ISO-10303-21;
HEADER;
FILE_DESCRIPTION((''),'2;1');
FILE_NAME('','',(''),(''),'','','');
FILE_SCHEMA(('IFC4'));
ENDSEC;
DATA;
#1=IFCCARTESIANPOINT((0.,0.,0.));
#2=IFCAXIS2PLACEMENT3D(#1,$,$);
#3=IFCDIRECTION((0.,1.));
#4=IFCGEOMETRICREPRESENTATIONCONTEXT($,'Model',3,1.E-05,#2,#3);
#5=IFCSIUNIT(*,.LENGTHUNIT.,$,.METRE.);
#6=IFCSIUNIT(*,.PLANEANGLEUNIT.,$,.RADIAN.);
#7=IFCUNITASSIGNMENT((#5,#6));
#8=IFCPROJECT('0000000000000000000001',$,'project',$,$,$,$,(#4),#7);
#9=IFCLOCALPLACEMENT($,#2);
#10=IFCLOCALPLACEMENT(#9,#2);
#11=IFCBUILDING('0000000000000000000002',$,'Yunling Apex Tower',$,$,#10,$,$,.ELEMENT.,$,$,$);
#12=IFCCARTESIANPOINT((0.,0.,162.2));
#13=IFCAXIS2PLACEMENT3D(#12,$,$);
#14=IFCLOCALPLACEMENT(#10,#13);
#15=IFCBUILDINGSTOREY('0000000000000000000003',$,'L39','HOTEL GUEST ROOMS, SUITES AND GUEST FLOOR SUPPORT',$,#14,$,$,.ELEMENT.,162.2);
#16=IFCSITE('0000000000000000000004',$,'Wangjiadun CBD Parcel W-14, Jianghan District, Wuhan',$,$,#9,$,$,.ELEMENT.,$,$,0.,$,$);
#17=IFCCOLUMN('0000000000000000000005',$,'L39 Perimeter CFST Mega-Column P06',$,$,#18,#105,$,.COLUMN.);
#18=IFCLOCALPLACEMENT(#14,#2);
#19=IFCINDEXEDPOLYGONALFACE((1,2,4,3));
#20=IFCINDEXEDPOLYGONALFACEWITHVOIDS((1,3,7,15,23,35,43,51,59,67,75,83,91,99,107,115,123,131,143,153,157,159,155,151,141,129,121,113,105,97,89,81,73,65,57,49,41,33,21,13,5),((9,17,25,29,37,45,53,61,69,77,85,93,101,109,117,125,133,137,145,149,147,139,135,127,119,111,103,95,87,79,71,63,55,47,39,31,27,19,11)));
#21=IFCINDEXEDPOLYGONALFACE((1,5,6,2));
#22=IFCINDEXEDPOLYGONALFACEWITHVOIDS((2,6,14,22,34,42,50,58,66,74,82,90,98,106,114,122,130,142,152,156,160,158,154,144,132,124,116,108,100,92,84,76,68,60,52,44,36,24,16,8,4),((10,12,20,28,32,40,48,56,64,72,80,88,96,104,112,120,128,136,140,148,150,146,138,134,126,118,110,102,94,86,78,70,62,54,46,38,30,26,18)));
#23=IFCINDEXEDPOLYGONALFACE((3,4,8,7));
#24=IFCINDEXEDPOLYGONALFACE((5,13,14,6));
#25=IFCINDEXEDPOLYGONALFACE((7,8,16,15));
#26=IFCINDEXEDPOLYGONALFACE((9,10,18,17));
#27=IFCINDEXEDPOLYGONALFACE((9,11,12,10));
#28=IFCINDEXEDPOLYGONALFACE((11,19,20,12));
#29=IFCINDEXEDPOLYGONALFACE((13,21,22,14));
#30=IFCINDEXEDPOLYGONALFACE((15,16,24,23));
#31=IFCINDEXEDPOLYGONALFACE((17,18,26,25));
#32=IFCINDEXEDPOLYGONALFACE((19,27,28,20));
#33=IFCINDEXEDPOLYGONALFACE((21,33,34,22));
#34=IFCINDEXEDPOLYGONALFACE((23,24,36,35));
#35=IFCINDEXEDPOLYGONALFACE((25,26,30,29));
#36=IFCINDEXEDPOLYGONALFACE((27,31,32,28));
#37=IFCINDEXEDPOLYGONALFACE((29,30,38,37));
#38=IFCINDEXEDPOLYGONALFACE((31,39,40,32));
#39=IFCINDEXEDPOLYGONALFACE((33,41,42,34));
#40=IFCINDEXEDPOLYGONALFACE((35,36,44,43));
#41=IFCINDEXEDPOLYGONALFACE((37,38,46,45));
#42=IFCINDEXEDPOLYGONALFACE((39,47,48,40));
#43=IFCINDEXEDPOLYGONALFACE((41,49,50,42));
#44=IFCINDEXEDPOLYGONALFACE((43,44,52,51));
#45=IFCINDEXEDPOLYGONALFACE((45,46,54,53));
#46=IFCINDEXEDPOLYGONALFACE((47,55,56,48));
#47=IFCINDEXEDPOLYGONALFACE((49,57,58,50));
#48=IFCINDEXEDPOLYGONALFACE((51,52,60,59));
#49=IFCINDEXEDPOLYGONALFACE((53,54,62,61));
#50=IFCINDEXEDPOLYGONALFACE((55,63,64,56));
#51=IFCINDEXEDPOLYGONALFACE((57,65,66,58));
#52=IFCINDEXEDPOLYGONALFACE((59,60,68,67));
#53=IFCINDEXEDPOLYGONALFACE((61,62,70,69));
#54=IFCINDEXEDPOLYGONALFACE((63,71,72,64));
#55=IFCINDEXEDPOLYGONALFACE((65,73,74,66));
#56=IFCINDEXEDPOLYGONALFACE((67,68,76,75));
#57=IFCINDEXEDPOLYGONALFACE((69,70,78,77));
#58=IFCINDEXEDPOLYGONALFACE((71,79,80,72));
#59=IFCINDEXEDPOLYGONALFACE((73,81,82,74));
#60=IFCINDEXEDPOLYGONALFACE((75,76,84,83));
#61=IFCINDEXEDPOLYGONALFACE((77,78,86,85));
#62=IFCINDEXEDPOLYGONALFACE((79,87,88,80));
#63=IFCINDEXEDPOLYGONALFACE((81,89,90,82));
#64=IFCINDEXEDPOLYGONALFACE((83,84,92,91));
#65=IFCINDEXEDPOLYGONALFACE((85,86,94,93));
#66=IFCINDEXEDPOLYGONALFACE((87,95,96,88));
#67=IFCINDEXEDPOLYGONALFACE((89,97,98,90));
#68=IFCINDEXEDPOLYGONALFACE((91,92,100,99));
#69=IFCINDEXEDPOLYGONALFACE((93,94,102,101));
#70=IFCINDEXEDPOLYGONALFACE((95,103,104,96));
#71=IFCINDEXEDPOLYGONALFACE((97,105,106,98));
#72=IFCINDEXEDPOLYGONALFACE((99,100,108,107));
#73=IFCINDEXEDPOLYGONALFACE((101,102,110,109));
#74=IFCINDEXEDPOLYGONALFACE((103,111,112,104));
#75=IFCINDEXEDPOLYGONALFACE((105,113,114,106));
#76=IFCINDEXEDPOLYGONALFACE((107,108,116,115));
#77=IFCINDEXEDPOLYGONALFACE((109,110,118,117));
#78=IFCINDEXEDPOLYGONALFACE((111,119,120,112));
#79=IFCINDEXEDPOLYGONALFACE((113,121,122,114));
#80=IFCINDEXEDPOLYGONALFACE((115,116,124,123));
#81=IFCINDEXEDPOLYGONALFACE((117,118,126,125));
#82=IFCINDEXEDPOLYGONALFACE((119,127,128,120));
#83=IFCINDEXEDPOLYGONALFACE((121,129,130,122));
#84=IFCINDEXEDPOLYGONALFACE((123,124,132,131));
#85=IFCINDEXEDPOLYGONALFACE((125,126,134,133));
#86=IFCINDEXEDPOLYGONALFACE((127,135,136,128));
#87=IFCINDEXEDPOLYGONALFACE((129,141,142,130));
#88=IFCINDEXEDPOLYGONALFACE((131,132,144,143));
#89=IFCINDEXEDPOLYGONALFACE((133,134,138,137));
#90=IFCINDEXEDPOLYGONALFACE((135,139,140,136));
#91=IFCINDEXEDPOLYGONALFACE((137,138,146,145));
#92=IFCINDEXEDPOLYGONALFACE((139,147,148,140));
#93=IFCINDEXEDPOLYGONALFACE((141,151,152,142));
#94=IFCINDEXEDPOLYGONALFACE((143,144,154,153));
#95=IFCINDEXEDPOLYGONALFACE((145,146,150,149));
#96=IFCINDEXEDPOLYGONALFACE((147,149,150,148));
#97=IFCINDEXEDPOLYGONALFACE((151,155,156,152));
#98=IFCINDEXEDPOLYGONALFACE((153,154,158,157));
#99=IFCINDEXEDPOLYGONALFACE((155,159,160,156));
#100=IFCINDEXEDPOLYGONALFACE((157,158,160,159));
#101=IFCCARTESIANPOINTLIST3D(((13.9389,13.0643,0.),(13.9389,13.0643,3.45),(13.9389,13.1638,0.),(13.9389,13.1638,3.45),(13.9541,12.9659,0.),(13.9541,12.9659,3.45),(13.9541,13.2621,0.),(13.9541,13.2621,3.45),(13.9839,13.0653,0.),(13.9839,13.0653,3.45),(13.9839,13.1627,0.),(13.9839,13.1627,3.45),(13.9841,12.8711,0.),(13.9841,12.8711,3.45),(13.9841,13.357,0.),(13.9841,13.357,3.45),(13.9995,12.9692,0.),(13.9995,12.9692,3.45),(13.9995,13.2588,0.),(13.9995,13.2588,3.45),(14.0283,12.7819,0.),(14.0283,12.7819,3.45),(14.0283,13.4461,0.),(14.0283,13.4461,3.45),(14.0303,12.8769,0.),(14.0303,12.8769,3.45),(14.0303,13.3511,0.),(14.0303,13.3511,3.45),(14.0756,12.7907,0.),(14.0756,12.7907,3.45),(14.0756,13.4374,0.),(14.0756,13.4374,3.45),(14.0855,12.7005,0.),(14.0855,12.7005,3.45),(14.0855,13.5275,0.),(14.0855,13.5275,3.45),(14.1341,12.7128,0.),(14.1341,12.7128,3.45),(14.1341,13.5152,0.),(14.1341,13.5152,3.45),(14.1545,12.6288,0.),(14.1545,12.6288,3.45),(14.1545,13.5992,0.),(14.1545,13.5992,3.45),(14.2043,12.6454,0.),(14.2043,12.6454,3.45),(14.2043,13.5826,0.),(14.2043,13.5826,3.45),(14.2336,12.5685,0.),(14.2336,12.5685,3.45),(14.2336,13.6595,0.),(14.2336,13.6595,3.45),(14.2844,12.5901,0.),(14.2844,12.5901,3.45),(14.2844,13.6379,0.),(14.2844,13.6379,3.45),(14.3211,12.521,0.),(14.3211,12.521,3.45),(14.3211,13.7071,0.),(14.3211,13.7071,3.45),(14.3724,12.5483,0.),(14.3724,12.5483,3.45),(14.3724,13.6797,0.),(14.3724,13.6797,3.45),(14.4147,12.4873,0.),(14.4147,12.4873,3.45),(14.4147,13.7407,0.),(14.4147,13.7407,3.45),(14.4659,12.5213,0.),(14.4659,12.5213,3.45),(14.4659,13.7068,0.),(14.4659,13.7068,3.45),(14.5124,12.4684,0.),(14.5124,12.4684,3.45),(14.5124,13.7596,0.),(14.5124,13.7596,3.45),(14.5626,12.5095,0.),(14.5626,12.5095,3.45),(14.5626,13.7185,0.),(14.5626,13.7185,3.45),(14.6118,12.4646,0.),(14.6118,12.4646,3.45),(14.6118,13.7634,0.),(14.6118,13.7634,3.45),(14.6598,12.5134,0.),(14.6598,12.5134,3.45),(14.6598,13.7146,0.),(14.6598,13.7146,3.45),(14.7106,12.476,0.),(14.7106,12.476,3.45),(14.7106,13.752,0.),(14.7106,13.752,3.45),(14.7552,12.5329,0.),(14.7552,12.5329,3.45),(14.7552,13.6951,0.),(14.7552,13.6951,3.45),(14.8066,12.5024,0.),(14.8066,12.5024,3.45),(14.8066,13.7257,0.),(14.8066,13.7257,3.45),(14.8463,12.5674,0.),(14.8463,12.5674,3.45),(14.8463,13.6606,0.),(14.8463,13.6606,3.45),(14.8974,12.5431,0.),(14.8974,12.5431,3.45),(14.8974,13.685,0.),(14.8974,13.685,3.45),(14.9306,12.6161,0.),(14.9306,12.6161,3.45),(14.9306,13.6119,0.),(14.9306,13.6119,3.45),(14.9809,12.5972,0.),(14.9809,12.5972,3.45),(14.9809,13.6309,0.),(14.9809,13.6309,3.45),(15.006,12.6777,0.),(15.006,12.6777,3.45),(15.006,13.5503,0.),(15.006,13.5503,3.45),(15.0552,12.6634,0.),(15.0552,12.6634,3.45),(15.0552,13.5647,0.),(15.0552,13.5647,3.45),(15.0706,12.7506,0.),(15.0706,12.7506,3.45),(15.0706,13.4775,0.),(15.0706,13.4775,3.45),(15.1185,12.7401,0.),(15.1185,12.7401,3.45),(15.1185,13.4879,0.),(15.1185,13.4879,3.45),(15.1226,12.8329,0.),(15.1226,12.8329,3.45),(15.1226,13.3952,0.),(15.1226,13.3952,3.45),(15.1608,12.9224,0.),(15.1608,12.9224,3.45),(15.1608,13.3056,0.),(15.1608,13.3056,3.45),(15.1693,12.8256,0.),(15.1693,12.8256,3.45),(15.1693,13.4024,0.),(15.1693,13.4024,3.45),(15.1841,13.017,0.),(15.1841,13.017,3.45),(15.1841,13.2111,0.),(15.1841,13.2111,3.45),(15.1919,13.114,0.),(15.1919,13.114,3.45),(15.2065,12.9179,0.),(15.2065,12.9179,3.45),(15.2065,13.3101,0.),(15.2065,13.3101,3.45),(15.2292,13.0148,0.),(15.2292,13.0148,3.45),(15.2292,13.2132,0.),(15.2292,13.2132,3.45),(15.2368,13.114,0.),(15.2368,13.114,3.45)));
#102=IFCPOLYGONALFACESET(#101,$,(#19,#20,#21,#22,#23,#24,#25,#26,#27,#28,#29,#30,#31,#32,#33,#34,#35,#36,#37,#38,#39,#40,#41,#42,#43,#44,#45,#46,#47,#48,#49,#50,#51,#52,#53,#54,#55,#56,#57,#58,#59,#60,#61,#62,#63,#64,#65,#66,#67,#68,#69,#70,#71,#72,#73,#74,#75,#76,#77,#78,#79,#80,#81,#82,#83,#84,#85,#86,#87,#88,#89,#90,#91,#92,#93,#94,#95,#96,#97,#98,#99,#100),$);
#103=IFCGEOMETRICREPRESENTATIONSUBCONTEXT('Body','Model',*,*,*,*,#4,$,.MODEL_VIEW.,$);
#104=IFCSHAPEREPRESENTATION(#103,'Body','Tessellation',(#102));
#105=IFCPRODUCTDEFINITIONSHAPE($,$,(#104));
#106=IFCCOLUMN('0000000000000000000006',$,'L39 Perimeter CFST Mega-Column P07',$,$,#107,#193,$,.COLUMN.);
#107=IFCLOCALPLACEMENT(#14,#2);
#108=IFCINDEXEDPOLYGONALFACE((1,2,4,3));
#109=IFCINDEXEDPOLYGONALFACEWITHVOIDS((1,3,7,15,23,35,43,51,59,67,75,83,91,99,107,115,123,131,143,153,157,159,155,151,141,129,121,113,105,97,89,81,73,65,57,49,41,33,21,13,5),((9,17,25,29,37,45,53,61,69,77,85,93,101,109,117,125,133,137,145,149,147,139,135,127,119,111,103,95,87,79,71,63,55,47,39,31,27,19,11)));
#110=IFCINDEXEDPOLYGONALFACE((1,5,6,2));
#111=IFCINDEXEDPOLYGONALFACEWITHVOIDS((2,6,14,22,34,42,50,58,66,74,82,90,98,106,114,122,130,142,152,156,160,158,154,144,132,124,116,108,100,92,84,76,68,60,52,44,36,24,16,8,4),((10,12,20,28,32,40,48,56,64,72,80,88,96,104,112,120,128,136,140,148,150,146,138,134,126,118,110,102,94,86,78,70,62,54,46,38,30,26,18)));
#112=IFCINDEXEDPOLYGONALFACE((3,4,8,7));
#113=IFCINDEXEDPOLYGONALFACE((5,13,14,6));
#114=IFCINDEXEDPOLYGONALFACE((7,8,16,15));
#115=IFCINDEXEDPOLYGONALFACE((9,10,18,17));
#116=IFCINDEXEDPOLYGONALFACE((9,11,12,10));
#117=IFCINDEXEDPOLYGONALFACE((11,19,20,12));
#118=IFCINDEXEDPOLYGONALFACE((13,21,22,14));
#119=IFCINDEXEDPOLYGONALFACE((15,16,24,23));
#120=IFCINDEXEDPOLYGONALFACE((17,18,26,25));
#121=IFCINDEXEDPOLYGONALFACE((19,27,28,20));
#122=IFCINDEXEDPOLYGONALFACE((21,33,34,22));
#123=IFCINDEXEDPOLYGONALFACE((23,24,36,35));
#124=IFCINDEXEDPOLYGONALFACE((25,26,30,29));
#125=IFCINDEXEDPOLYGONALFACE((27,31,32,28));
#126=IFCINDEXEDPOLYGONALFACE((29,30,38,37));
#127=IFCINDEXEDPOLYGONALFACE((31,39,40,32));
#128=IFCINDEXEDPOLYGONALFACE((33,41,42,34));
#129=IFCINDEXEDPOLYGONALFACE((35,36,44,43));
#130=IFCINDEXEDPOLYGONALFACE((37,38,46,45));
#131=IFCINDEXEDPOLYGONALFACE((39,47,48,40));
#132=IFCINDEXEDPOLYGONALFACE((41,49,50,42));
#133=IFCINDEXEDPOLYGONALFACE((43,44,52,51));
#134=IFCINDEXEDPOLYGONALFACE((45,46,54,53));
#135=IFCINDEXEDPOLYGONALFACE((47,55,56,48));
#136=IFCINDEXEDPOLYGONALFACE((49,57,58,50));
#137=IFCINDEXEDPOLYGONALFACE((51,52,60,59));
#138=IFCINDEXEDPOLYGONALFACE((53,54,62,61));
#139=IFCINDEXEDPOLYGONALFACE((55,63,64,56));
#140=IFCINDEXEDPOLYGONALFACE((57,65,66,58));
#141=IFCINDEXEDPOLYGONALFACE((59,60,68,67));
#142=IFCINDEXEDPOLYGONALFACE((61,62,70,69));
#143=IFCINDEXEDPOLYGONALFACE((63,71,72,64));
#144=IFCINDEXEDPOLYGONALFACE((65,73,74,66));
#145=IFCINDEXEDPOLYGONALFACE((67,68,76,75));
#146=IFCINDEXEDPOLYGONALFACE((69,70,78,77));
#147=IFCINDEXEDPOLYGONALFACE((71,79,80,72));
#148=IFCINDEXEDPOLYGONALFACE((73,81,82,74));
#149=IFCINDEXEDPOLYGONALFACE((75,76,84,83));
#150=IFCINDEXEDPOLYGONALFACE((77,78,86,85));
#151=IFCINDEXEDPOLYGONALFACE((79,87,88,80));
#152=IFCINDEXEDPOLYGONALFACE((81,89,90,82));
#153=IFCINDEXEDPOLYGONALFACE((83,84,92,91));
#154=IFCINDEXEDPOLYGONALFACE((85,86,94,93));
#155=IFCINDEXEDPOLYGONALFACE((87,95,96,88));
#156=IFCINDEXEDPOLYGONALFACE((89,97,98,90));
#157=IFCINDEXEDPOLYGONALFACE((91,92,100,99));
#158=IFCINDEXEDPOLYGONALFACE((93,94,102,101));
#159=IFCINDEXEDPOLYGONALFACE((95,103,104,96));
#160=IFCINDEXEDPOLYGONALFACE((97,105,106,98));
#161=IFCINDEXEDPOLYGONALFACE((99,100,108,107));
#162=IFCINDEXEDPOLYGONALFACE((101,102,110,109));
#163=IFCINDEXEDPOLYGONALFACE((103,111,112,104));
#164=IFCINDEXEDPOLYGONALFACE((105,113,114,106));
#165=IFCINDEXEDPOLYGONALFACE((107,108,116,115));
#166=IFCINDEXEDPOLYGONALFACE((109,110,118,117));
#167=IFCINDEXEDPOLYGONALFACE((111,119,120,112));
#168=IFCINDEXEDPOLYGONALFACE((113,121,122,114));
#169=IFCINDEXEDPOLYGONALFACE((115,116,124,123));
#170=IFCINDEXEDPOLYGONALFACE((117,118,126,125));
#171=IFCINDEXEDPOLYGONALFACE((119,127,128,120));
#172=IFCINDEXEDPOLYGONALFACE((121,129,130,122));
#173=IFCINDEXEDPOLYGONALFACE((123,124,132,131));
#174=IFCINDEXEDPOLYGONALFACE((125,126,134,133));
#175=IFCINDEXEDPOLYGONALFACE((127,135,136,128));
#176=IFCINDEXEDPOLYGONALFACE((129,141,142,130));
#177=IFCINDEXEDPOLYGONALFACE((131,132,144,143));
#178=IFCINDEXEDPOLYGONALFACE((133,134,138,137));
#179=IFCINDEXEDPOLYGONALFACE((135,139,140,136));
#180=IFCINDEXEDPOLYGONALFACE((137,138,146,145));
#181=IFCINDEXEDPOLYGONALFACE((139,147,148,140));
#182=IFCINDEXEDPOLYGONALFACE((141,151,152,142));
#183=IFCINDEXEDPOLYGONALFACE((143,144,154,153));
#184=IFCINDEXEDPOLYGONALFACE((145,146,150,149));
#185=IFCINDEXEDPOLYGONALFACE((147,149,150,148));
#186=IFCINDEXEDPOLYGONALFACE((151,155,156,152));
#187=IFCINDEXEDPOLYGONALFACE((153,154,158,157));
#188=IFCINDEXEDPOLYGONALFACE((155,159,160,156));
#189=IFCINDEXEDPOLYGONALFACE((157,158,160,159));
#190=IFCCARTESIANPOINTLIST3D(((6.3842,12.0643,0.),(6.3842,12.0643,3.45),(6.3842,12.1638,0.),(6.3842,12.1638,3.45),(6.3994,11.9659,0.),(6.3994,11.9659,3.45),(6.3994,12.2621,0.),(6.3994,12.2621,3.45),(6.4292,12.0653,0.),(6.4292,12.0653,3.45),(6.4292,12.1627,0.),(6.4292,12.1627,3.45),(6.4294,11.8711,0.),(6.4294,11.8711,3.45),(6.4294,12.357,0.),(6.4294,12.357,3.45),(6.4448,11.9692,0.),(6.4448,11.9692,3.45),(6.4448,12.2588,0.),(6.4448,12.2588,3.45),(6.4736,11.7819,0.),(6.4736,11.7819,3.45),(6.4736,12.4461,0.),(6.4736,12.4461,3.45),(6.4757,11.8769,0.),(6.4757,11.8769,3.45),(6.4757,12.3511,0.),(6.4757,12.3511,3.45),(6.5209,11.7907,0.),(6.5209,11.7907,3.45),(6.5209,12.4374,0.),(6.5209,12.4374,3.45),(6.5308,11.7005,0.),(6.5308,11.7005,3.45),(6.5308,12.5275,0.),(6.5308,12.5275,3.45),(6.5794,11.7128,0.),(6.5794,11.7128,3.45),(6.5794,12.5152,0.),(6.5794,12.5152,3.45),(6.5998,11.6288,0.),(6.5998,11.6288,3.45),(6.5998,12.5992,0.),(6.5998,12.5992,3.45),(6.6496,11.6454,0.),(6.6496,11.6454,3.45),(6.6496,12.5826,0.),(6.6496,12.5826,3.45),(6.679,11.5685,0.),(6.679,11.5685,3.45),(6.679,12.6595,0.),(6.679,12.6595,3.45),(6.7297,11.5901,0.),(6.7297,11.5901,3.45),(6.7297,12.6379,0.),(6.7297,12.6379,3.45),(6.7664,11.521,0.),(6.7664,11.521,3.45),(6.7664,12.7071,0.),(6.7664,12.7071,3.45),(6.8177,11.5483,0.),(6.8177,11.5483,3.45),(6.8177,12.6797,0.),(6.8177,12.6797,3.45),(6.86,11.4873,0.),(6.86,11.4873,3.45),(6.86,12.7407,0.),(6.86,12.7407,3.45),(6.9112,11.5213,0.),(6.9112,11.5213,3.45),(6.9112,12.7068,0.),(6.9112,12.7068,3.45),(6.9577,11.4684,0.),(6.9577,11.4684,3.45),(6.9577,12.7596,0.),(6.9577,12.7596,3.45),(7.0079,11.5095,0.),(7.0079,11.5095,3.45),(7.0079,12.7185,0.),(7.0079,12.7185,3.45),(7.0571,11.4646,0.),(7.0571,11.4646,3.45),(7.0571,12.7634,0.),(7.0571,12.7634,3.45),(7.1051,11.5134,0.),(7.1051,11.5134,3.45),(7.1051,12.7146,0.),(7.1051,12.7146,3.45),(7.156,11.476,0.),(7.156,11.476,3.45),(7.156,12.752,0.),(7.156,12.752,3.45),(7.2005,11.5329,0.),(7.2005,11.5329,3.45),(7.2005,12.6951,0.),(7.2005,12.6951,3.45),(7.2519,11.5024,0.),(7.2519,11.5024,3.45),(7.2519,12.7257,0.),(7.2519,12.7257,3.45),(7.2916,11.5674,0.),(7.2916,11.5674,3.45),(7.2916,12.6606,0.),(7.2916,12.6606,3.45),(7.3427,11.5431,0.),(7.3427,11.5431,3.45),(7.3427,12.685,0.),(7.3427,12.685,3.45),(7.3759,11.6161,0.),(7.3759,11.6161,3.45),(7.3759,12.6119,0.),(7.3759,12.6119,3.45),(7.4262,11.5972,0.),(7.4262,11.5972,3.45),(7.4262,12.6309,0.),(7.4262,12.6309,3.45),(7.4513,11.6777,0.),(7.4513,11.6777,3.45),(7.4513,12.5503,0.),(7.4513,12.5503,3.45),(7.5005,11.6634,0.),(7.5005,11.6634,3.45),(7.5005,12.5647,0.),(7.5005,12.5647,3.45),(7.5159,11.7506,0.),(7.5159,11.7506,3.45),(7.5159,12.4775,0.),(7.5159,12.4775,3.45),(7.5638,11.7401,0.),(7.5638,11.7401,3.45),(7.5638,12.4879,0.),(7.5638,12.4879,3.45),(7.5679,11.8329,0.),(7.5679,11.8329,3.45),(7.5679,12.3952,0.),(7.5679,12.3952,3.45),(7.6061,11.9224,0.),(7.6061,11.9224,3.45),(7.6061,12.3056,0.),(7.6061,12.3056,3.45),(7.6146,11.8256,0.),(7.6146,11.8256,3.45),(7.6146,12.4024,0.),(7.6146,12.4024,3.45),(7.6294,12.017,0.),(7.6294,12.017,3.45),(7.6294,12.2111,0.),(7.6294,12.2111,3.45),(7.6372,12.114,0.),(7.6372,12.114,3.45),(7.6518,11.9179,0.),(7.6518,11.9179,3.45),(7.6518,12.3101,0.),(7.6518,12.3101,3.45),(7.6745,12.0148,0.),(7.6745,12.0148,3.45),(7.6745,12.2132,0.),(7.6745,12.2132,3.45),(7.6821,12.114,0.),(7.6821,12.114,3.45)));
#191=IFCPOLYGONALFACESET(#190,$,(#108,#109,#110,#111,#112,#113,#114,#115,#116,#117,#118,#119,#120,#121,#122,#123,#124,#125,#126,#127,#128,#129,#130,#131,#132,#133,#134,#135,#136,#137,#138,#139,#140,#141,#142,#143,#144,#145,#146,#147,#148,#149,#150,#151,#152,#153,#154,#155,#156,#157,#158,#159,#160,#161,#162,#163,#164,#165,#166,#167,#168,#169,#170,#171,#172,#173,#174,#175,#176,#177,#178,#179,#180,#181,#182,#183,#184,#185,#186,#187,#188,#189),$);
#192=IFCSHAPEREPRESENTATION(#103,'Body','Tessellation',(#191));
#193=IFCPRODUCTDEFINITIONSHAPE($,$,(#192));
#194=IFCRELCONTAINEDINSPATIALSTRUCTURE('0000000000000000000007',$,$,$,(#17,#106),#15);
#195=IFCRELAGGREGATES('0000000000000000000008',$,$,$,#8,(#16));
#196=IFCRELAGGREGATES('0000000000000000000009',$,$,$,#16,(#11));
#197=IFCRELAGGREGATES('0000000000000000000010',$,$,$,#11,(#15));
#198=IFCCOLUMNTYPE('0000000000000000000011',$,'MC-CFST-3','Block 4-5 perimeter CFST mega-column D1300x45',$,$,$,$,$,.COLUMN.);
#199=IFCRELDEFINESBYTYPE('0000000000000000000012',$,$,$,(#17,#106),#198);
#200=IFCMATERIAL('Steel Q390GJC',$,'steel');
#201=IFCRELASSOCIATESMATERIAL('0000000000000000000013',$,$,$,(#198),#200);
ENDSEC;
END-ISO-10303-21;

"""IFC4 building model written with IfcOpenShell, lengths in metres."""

from ifc_helpers import new_model, si_unit, direction, frame, origin, origin_2d, place, context, subcontext, project, spatial, hollow_circle, extrude, source, transform, mapped, material, material_profile, profile_set, type_object, element, save


model = new_model("IFC4")

# Units and contexts
model_context = context("Model", 3, precision=1e-05, world=origin(), true_north=direction((0.0, 1.0)))
body_context = subcontext(model_context, "Body", "Model", "MODEL_VIEW")
ifc_project = project(units=[si_unit("LENGTHUNIT", "METRE"), si_unit("PLANEANGLEUNIT", "RADIAN")], contexts=[model_context])

# Site, building, storey
site_placement = place(None, origin())
site = spatial("IfcSite", under=ifc_project, at=site_placement, Name="Wangjiadun CBD Parcel W-14, Jianghan District, Wuhan", CompositionType="ELEMENT", RefElevation=0.0)
building_placement = place(site_placement, origin())
building = spatial("IfcBuilding", under=site, at=building_placement, Name="Yunling Apex Tower", CompositionType="ELEMENT")
storey_placement = place(building_placement, frame((0.0, 0.0, 162.2)))
storey = spatial("IfcBuildingStorey", under=building, at=storey_placement, Name="L39", Description="HOTEL GUEST ROOMS, SUITES AND GUEST FLOOR SUPPORT", CompositionType="ELEMENT", Elevation=162.2)

# Columns
ifc_material_1 = material(Name="Steel Q390GJC", Category="steel")
ifc_material_profile_1 = material_profile(ifc_material_1, hollow_circle(Radius=0.6499, WallThickness=0.0449, at=origin_2d()))
ifc_profile_set_1 = profile_set([ifc_material_profile_1], Name="Steel Q390GJC")
column_type = type_object("IfcColumnType", Name="MC-CFST-3", Description="Block 4-5 perimeter CFST mega-column D1300x45", PredefinedType="COLUMN", material=ifc_profile_set_1)
shared_shape_1 = source(origin(), body_context, "Body", "SweptSolid", [
    extrude(hollow_circle(Radius=0.6499, WallThickness=0.0449, at=origin_2d()), origin(), (0.0, 0.0, 1.0), 3.45),
])
for number, where, z_axis, x_axis, name in (
    (1, (14.5869, 13.114, 0.0), (0.0, 0.0, 1.0), (1.0, 0.0, 0.0), "L39 Perimeter CFST Mega-Column P06"),
    (2, (7.0322, 12.114, 0.0), (0.0, 0.0, 1.0), (1.0, 0.0, 0.0), "L39 Perimeter CFST Mega-Column P07"),
):
    element("IfcColumn", number, at=place(storey_placement, frame(where, z_axis=z_axis, x_axis=x_axis)), inside=storey, type_object=column_type, Name=name, PredefinedType="COLUMN", context=body_context, shape_type="MappedRepresentation", body=[
        mapped(shared_shape_1, transform((0.0, 0.0, 0.0), scale=1.0)),
    ])

save(model, "model.ifc")
